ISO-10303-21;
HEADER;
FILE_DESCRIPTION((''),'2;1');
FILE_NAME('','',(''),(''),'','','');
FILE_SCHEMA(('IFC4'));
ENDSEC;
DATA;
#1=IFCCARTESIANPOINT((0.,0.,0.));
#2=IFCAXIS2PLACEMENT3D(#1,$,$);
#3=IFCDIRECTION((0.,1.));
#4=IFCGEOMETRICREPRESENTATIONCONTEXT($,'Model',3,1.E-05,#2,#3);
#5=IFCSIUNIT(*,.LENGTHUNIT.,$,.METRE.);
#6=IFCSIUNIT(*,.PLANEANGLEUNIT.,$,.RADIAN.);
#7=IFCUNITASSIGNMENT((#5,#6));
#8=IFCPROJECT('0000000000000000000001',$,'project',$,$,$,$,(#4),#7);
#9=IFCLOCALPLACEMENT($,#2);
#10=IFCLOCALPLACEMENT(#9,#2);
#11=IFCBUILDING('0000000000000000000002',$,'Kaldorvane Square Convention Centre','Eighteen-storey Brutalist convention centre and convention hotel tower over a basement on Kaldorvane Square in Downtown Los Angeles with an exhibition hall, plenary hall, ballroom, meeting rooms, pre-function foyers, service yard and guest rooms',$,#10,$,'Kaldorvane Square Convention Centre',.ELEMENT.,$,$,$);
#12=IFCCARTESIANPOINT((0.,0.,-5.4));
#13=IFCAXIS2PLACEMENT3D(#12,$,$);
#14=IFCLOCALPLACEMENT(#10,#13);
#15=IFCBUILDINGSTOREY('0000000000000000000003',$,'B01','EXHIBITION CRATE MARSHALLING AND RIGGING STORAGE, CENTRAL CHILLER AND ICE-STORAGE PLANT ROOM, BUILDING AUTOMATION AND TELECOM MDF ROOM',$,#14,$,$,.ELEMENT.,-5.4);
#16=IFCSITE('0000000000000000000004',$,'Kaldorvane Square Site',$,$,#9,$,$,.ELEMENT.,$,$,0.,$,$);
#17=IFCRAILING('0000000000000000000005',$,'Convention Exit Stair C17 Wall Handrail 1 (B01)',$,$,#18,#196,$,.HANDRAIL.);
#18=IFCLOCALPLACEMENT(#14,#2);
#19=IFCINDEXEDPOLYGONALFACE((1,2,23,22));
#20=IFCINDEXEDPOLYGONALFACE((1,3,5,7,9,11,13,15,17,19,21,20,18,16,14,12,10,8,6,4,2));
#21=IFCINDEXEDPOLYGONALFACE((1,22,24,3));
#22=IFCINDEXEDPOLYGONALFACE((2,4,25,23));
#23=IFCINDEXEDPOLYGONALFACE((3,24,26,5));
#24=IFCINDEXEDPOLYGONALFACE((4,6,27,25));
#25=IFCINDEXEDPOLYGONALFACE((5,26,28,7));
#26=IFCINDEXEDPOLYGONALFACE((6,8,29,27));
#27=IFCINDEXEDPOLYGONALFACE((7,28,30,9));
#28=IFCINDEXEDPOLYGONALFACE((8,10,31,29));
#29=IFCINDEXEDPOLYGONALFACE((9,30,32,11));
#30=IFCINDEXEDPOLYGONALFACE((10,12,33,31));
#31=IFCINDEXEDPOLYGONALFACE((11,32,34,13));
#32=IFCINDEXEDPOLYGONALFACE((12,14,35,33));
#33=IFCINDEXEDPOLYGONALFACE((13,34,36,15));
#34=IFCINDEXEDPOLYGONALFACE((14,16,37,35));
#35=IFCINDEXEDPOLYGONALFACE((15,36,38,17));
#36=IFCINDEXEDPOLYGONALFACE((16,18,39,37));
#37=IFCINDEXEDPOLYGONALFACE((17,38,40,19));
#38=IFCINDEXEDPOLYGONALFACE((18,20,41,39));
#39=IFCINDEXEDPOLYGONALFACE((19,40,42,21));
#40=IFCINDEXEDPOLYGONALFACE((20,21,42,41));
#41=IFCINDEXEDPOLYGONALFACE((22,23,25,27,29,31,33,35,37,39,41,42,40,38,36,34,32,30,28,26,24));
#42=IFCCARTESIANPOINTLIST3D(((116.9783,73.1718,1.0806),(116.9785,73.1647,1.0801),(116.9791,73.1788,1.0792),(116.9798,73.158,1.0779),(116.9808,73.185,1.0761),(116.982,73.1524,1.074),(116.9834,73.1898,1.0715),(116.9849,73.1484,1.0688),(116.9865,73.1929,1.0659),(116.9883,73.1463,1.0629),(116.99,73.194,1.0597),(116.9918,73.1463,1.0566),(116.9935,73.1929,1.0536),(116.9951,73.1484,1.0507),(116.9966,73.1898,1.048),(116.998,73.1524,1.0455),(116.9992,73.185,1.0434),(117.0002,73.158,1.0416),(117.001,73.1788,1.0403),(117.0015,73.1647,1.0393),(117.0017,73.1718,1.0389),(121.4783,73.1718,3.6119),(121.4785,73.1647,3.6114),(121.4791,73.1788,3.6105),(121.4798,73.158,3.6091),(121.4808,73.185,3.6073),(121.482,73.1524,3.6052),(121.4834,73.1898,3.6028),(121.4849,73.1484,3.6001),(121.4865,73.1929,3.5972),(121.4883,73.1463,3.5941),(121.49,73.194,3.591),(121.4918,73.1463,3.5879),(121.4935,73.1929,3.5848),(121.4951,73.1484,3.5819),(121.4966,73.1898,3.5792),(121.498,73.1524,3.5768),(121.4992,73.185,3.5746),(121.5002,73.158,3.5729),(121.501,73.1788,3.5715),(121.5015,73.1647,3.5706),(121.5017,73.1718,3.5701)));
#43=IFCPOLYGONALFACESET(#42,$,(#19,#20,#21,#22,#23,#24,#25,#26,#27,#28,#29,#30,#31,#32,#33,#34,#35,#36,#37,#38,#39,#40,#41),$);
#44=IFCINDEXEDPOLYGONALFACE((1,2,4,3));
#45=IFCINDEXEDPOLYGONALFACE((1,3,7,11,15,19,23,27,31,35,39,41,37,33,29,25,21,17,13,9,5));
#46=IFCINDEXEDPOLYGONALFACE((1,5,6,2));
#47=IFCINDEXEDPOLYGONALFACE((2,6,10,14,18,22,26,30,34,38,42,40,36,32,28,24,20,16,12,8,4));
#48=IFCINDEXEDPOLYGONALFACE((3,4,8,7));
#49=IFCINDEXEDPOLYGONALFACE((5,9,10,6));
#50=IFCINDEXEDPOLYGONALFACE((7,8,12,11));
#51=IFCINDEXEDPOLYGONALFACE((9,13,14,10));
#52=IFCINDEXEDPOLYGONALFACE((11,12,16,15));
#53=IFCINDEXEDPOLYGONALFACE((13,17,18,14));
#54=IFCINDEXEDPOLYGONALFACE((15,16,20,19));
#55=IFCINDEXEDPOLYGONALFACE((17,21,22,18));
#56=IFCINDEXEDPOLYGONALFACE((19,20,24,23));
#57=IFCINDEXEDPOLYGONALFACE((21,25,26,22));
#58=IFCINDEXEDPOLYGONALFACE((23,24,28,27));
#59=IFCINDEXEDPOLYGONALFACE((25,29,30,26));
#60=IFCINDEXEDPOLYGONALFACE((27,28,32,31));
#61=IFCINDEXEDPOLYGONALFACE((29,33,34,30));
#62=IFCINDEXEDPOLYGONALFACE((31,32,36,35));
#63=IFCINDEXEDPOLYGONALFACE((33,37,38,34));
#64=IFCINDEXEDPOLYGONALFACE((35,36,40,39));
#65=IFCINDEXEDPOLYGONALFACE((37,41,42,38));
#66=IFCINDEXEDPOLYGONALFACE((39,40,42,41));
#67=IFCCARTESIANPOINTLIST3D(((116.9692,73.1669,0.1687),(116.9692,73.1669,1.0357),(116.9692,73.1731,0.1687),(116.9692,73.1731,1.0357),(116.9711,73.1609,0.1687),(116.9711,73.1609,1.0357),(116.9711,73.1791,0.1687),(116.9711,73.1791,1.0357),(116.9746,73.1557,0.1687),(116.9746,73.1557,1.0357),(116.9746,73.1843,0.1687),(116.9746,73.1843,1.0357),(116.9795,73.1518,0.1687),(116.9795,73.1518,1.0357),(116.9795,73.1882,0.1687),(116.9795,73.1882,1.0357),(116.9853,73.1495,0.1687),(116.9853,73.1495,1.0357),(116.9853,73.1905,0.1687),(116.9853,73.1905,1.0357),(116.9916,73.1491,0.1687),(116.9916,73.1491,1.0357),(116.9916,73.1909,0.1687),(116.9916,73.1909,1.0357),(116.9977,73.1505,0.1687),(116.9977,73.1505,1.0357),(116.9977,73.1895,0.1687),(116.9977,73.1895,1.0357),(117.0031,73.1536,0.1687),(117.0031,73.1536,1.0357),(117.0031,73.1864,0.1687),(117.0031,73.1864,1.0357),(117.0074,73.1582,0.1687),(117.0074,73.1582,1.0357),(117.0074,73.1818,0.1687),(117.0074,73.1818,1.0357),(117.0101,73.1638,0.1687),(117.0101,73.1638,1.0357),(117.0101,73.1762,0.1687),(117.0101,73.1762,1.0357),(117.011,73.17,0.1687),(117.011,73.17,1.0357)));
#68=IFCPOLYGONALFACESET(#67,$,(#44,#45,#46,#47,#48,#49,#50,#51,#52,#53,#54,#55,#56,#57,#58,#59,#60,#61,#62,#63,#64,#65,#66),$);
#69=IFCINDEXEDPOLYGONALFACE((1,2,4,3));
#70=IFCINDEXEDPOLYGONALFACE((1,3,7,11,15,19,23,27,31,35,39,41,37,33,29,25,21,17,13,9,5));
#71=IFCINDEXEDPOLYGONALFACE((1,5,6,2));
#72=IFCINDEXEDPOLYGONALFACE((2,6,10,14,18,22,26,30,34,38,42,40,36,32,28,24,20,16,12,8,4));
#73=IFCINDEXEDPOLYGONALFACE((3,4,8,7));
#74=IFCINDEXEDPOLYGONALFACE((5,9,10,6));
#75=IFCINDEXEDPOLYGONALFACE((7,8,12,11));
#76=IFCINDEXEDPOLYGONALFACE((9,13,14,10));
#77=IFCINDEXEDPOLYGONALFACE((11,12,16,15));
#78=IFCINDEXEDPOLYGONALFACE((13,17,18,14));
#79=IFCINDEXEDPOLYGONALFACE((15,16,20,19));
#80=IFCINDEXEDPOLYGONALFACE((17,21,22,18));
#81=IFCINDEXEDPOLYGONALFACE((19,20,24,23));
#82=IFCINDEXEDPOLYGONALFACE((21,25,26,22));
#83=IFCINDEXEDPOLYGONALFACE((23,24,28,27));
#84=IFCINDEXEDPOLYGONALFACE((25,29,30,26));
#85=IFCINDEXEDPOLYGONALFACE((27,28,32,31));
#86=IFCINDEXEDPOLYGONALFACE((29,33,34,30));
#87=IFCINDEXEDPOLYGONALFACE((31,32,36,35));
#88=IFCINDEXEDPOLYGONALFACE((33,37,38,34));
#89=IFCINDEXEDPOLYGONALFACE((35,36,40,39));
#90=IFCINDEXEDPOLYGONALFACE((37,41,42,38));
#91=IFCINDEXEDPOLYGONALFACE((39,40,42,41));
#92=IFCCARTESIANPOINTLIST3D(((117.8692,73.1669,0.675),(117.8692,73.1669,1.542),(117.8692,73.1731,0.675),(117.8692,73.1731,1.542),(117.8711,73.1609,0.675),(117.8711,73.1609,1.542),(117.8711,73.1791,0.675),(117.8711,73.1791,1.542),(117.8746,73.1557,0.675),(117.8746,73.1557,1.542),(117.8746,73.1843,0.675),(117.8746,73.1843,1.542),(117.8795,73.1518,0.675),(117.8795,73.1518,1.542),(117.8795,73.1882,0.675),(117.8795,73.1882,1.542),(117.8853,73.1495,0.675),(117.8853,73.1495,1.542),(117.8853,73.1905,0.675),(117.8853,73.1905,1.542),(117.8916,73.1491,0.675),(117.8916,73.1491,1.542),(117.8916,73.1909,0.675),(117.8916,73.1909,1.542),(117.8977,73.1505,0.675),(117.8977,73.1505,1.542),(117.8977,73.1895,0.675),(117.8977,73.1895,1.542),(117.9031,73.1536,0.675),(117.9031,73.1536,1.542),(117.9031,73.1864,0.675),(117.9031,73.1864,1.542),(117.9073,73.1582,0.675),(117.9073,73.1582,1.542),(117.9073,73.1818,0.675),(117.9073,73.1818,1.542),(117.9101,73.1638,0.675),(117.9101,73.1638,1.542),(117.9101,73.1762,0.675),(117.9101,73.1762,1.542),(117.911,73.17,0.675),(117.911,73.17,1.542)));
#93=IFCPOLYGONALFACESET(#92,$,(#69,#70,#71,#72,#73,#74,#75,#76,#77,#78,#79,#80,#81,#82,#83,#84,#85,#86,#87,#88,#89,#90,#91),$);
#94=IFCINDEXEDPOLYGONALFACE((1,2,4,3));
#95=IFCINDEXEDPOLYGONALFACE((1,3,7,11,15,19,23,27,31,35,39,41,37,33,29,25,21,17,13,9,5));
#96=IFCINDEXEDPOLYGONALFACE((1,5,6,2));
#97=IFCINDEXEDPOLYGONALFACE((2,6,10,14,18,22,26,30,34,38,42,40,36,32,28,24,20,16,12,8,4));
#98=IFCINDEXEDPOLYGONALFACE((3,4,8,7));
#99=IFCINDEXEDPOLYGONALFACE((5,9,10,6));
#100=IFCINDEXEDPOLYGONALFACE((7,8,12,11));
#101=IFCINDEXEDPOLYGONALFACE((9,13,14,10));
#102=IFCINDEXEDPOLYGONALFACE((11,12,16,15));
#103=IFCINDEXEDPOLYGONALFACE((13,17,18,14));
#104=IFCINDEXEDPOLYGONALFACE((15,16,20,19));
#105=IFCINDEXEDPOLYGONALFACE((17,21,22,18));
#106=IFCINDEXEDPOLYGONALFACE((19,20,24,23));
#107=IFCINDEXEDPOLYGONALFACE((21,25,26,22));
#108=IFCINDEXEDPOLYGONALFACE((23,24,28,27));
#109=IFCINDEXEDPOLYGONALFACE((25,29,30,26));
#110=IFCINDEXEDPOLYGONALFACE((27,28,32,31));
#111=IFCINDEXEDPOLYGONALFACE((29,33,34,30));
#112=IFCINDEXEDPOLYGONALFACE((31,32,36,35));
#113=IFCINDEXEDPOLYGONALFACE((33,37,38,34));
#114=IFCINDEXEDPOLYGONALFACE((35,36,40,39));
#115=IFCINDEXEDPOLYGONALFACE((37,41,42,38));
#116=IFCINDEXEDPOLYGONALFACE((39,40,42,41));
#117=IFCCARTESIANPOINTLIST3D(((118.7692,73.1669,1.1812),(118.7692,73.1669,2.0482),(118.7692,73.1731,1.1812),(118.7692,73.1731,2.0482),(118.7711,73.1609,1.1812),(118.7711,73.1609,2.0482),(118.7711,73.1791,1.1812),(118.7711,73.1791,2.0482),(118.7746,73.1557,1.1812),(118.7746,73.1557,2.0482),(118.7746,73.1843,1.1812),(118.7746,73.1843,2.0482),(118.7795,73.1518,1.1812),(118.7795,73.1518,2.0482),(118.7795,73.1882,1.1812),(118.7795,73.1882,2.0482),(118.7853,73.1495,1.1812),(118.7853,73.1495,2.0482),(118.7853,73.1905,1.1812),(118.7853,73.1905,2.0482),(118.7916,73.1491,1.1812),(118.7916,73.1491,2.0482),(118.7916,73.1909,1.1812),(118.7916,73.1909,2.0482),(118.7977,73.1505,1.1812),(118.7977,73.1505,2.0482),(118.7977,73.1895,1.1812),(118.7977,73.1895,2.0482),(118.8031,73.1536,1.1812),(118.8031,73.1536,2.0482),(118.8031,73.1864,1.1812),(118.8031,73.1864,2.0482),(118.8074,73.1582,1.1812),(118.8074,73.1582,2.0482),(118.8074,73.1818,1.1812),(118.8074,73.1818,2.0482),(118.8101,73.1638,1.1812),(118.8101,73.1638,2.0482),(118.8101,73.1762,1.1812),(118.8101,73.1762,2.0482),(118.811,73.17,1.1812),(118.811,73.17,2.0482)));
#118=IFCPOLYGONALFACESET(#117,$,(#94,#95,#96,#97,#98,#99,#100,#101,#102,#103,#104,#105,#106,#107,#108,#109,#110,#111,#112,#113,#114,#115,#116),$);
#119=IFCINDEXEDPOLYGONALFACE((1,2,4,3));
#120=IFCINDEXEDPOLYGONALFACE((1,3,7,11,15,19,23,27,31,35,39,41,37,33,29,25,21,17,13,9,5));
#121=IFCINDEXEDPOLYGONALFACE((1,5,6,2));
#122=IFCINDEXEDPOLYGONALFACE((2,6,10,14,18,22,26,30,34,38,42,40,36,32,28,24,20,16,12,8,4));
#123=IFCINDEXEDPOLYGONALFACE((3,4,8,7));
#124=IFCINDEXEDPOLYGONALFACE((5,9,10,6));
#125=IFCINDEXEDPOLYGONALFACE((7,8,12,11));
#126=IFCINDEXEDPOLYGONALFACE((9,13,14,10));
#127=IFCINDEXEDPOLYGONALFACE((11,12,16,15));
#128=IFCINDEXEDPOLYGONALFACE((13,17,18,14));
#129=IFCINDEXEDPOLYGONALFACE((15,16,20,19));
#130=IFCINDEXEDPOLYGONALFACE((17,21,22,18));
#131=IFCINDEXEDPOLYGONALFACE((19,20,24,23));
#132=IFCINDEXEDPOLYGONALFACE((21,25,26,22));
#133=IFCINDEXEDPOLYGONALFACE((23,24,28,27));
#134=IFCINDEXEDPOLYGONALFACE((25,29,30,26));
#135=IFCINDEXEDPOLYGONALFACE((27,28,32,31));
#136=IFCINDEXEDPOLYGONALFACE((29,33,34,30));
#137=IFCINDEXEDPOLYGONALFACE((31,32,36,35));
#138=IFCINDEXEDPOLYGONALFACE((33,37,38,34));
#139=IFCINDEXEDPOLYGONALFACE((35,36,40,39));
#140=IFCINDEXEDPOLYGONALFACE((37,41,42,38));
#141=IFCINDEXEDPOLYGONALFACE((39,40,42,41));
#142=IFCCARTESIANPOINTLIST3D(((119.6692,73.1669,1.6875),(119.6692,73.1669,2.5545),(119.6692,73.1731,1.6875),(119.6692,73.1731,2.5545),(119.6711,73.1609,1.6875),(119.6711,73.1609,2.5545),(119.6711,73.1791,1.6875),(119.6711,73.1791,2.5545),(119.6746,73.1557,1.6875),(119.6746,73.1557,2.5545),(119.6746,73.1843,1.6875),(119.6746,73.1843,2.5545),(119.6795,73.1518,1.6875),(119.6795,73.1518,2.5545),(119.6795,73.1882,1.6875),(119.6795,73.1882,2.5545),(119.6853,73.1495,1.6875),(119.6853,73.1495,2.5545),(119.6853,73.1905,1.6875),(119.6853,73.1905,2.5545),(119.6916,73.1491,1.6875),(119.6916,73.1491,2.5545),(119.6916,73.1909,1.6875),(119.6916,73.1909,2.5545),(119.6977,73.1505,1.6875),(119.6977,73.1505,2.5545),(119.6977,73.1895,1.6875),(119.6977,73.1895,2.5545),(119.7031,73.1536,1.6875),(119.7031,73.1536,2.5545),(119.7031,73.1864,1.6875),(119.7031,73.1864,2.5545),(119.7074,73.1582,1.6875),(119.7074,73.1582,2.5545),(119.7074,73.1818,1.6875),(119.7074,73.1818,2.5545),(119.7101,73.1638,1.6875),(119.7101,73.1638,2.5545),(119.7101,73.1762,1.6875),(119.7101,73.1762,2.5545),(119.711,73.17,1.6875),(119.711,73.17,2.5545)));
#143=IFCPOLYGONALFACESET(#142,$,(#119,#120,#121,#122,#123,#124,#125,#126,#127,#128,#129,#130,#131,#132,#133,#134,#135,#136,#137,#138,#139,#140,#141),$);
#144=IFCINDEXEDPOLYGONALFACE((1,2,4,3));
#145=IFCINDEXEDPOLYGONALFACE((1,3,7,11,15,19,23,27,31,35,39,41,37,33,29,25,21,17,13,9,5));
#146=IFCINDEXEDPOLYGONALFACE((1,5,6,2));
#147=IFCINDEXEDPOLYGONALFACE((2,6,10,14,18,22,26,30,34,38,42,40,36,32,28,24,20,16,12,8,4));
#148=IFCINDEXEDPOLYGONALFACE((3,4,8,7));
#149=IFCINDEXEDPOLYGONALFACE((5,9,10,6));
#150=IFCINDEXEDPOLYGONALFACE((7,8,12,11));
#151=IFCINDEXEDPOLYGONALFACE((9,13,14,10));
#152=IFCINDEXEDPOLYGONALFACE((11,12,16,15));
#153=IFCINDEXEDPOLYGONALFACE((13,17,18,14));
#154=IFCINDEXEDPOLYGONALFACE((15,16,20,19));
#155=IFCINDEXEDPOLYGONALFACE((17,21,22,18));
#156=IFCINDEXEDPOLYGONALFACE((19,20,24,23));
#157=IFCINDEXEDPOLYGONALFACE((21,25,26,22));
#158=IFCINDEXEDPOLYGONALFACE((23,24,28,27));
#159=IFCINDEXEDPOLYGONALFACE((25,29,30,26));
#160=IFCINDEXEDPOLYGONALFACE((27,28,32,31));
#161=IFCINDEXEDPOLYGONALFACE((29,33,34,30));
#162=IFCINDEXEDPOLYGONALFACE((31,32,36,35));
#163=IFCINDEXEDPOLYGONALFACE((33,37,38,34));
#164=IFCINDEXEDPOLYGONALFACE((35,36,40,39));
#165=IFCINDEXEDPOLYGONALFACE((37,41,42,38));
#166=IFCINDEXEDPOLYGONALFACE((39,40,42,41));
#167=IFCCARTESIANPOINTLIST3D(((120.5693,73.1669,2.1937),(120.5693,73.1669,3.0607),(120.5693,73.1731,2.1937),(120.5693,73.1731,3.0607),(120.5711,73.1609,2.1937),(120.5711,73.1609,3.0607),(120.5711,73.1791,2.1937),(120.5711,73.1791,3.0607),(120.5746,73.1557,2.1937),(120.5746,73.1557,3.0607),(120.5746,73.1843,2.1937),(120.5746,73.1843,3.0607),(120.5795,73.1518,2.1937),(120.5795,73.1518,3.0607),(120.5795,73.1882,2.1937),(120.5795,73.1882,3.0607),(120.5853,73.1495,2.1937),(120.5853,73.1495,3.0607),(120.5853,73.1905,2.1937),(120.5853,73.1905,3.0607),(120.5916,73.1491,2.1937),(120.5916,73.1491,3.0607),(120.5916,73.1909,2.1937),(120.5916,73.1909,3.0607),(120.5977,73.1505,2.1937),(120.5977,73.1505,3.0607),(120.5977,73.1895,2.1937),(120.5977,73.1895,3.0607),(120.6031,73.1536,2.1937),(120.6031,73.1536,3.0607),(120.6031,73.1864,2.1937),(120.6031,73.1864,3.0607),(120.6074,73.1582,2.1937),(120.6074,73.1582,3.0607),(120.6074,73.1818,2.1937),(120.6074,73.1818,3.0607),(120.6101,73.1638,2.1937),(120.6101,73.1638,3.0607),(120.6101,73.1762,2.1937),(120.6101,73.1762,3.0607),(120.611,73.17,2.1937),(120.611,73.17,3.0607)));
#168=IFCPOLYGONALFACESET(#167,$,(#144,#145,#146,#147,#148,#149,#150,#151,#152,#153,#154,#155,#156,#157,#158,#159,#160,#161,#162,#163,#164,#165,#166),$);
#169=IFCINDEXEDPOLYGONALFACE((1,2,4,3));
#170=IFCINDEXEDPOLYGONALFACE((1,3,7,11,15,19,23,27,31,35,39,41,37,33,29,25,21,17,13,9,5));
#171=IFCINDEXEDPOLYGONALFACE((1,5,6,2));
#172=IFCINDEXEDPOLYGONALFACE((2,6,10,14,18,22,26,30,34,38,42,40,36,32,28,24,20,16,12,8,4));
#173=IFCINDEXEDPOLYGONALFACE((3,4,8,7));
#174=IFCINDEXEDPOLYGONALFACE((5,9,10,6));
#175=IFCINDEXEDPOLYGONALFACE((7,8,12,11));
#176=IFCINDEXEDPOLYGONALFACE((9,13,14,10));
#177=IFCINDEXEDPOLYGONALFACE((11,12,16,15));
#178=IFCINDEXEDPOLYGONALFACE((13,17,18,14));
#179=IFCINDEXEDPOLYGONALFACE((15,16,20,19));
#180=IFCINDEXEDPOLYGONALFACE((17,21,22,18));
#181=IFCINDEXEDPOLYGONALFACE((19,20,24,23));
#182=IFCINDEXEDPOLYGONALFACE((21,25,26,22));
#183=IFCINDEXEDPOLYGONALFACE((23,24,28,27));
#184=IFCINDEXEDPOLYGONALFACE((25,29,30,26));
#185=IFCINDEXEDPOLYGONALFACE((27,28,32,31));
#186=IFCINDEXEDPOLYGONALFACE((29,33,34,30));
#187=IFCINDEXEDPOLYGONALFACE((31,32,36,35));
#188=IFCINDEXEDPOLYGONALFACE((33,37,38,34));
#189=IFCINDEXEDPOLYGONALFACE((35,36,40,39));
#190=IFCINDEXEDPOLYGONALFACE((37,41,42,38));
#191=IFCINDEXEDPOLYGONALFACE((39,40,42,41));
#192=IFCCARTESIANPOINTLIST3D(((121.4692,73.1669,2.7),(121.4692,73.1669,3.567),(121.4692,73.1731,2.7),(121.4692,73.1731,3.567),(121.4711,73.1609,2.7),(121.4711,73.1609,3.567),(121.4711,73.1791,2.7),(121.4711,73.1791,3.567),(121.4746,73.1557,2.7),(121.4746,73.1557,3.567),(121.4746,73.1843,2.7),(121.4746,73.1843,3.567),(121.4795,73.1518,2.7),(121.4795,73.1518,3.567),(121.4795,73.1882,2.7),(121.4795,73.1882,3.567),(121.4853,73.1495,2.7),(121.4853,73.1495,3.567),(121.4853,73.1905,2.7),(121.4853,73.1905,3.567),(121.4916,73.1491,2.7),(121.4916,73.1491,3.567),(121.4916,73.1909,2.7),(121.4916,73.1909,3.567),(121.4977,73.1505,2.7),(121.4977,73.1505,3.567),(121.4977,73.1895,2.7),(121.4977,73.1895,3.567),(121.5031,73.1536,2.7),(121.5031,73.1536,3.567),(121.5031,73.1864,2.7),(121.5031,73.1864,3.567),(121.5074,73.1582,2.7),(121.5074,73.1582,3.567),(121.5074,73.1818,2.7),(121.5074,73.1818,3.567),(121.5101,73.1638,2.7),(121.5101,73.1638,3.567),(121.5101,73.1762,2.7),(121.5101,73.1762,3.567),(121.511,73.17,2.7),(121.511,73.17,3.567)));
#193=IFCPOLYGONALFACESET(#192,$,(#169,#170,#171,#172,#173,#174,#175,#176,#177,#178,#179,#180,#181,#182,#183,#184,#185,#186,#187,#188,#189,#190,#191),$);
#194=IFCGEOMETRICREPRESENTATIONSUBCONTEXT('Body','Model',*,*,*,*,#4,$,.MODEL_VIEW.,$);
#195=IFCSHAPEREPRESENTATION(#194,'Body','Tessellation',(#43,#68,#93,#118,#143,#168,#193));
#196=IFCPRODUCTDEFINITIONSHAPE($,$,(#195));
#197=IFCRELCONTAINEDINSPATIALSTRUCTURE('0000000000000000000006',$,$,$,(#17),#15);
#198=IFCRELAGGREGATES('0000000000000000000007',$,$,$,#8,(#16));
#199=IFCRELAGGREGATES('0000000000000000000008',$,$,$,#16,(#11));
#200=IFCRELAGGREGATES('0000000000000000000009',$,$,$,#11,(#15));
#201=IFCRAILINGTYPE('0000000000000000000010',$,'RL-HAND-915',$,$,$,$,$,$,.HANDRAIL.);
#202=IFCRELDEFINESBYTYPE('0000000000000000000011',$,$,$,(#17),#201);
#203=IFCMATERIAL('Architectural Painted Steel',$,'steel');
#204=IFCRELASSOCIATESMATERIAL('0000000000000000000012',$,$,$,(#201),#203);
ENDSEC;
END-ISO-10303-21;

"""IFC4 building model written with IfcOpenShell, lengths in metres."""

from ifc_helpers import new_model, si_unit, direction, frame, origin, origin_2d, place, context, subcontext, project, spatial, circle, extrude, material, type_object, element, save


model = new_model("IFC4")

# Units and contexts
model_context = context("Model", 3, precision=1e-05, world=origin(), true_north=direction((0.0, 1.0)))
body_context = subcontext(model_context, "Body", "Model", "MODEL_VIEW")
ifc_project = project(units=[si_unit("LENGTHUNIT", "METRE"), si_unit("PLANEANGLEUNIT", "RADIAN")], contexts=[model_context])

# Site, building, storey
site_placement = place(None, origin())
site = spatial("IfcSite", under=ifc_project, at=site_placement, Name="Kaldorvane Square Site", CompositionType="ELEMENT", RefElevation=0.0)
building_placement = place(site_placement, origin())
building = spatial("IfcBuilding", under=site, at=building_placement, Name="Kaldorvane Square Convention Centre", Description="Eighteen-storey Brutalist convention centre and convention hotel tower over a basement on Kaldorvane Square in Downtown Los Angeles with an exhibition hall, plenary hall, ballroom, meeting rooms, pre-function foyers, service yard and guest rooms", LongName="Kaldorvane Square Convention Centre", CompositionType="ELEMENT")
storey_placement = place(building_placement, frame((0.0, 0.0, -5.4)))
storey = spatial("IfcBuildingStorey", under=building, at=storey_placement, Name="B01", Description="EXHIBITION CRATE MARSHALLING AND RIGGING STORAGE, CENTRAL CHILLER AND ICE-STORAGE PLANT ROOM, BUILDING AUTOMATION AND TELECOM MDF ROOM", CompositionType="ELEMENT", Elevation=-5.4)

# Railing
ifc_material_1 = material(Name="Architectural Painted Steel", Category="steel")
railing_type = type_object("IfcRailingType", Name="RL-HAND-915", PredefinedType="HANDRAIL", material=ifc_material_1)
railing_placement = place(storey_placement, frame((116.99, 73.17, 0.1687)))
element("IfcRailing", 1, at=railing_placement, inside=storey, type_object=railing_type, Name="Convention Exit Stair C17 Wall Handrail 1 (B01)", PredefinedType="HANDRAIL", context=body_context, shape_type="SweptSolid", body=[
    extrude(circle(Radius=0.024, at=origin_2d()), frame((0.0, 0.0, 0.891), z_axis=(0.871576, 0.0, 0.490261), x_axis=(0.0, 1.0, 0.0)), (0.0, 0.0, 1.0), 5.1631),
    extrude(circle(Radius=0.021, at=origin_2d()), origin(), (0.0, 0.0, 1.0), 0.867),
    extrude(circle(Radius=0.021, at=origin_2d()), frame((0.9, 0.0, 0.5063)), (0.0, 0.0, 1.0), 0.867),
    extrude(circle(Radius=0.021, at=origin_2d()), frame((1.8, 0.0, 1.0125)), (0.0, 0.0, 1.0), 0.867),
    extrude(circle(Radius=0.021, at=origin_2d()), frame((2.7, 0.0, 1.5188)), (0.0, 0.0, 1.0), 0.867),
    extrude(circle(Radius=0.021, at=origin_2d()), frame((3.6, 0.0, 2.025)), (0.0, 0.0, 1.0), 0.867),
    extrude(circle(Radius=0.021, at=origin_2d()), frame((4.5, 0.0, 2.5312)), (0.0, 0.0, 1.0), 0.867),
])

save(model, "model.ifc")
